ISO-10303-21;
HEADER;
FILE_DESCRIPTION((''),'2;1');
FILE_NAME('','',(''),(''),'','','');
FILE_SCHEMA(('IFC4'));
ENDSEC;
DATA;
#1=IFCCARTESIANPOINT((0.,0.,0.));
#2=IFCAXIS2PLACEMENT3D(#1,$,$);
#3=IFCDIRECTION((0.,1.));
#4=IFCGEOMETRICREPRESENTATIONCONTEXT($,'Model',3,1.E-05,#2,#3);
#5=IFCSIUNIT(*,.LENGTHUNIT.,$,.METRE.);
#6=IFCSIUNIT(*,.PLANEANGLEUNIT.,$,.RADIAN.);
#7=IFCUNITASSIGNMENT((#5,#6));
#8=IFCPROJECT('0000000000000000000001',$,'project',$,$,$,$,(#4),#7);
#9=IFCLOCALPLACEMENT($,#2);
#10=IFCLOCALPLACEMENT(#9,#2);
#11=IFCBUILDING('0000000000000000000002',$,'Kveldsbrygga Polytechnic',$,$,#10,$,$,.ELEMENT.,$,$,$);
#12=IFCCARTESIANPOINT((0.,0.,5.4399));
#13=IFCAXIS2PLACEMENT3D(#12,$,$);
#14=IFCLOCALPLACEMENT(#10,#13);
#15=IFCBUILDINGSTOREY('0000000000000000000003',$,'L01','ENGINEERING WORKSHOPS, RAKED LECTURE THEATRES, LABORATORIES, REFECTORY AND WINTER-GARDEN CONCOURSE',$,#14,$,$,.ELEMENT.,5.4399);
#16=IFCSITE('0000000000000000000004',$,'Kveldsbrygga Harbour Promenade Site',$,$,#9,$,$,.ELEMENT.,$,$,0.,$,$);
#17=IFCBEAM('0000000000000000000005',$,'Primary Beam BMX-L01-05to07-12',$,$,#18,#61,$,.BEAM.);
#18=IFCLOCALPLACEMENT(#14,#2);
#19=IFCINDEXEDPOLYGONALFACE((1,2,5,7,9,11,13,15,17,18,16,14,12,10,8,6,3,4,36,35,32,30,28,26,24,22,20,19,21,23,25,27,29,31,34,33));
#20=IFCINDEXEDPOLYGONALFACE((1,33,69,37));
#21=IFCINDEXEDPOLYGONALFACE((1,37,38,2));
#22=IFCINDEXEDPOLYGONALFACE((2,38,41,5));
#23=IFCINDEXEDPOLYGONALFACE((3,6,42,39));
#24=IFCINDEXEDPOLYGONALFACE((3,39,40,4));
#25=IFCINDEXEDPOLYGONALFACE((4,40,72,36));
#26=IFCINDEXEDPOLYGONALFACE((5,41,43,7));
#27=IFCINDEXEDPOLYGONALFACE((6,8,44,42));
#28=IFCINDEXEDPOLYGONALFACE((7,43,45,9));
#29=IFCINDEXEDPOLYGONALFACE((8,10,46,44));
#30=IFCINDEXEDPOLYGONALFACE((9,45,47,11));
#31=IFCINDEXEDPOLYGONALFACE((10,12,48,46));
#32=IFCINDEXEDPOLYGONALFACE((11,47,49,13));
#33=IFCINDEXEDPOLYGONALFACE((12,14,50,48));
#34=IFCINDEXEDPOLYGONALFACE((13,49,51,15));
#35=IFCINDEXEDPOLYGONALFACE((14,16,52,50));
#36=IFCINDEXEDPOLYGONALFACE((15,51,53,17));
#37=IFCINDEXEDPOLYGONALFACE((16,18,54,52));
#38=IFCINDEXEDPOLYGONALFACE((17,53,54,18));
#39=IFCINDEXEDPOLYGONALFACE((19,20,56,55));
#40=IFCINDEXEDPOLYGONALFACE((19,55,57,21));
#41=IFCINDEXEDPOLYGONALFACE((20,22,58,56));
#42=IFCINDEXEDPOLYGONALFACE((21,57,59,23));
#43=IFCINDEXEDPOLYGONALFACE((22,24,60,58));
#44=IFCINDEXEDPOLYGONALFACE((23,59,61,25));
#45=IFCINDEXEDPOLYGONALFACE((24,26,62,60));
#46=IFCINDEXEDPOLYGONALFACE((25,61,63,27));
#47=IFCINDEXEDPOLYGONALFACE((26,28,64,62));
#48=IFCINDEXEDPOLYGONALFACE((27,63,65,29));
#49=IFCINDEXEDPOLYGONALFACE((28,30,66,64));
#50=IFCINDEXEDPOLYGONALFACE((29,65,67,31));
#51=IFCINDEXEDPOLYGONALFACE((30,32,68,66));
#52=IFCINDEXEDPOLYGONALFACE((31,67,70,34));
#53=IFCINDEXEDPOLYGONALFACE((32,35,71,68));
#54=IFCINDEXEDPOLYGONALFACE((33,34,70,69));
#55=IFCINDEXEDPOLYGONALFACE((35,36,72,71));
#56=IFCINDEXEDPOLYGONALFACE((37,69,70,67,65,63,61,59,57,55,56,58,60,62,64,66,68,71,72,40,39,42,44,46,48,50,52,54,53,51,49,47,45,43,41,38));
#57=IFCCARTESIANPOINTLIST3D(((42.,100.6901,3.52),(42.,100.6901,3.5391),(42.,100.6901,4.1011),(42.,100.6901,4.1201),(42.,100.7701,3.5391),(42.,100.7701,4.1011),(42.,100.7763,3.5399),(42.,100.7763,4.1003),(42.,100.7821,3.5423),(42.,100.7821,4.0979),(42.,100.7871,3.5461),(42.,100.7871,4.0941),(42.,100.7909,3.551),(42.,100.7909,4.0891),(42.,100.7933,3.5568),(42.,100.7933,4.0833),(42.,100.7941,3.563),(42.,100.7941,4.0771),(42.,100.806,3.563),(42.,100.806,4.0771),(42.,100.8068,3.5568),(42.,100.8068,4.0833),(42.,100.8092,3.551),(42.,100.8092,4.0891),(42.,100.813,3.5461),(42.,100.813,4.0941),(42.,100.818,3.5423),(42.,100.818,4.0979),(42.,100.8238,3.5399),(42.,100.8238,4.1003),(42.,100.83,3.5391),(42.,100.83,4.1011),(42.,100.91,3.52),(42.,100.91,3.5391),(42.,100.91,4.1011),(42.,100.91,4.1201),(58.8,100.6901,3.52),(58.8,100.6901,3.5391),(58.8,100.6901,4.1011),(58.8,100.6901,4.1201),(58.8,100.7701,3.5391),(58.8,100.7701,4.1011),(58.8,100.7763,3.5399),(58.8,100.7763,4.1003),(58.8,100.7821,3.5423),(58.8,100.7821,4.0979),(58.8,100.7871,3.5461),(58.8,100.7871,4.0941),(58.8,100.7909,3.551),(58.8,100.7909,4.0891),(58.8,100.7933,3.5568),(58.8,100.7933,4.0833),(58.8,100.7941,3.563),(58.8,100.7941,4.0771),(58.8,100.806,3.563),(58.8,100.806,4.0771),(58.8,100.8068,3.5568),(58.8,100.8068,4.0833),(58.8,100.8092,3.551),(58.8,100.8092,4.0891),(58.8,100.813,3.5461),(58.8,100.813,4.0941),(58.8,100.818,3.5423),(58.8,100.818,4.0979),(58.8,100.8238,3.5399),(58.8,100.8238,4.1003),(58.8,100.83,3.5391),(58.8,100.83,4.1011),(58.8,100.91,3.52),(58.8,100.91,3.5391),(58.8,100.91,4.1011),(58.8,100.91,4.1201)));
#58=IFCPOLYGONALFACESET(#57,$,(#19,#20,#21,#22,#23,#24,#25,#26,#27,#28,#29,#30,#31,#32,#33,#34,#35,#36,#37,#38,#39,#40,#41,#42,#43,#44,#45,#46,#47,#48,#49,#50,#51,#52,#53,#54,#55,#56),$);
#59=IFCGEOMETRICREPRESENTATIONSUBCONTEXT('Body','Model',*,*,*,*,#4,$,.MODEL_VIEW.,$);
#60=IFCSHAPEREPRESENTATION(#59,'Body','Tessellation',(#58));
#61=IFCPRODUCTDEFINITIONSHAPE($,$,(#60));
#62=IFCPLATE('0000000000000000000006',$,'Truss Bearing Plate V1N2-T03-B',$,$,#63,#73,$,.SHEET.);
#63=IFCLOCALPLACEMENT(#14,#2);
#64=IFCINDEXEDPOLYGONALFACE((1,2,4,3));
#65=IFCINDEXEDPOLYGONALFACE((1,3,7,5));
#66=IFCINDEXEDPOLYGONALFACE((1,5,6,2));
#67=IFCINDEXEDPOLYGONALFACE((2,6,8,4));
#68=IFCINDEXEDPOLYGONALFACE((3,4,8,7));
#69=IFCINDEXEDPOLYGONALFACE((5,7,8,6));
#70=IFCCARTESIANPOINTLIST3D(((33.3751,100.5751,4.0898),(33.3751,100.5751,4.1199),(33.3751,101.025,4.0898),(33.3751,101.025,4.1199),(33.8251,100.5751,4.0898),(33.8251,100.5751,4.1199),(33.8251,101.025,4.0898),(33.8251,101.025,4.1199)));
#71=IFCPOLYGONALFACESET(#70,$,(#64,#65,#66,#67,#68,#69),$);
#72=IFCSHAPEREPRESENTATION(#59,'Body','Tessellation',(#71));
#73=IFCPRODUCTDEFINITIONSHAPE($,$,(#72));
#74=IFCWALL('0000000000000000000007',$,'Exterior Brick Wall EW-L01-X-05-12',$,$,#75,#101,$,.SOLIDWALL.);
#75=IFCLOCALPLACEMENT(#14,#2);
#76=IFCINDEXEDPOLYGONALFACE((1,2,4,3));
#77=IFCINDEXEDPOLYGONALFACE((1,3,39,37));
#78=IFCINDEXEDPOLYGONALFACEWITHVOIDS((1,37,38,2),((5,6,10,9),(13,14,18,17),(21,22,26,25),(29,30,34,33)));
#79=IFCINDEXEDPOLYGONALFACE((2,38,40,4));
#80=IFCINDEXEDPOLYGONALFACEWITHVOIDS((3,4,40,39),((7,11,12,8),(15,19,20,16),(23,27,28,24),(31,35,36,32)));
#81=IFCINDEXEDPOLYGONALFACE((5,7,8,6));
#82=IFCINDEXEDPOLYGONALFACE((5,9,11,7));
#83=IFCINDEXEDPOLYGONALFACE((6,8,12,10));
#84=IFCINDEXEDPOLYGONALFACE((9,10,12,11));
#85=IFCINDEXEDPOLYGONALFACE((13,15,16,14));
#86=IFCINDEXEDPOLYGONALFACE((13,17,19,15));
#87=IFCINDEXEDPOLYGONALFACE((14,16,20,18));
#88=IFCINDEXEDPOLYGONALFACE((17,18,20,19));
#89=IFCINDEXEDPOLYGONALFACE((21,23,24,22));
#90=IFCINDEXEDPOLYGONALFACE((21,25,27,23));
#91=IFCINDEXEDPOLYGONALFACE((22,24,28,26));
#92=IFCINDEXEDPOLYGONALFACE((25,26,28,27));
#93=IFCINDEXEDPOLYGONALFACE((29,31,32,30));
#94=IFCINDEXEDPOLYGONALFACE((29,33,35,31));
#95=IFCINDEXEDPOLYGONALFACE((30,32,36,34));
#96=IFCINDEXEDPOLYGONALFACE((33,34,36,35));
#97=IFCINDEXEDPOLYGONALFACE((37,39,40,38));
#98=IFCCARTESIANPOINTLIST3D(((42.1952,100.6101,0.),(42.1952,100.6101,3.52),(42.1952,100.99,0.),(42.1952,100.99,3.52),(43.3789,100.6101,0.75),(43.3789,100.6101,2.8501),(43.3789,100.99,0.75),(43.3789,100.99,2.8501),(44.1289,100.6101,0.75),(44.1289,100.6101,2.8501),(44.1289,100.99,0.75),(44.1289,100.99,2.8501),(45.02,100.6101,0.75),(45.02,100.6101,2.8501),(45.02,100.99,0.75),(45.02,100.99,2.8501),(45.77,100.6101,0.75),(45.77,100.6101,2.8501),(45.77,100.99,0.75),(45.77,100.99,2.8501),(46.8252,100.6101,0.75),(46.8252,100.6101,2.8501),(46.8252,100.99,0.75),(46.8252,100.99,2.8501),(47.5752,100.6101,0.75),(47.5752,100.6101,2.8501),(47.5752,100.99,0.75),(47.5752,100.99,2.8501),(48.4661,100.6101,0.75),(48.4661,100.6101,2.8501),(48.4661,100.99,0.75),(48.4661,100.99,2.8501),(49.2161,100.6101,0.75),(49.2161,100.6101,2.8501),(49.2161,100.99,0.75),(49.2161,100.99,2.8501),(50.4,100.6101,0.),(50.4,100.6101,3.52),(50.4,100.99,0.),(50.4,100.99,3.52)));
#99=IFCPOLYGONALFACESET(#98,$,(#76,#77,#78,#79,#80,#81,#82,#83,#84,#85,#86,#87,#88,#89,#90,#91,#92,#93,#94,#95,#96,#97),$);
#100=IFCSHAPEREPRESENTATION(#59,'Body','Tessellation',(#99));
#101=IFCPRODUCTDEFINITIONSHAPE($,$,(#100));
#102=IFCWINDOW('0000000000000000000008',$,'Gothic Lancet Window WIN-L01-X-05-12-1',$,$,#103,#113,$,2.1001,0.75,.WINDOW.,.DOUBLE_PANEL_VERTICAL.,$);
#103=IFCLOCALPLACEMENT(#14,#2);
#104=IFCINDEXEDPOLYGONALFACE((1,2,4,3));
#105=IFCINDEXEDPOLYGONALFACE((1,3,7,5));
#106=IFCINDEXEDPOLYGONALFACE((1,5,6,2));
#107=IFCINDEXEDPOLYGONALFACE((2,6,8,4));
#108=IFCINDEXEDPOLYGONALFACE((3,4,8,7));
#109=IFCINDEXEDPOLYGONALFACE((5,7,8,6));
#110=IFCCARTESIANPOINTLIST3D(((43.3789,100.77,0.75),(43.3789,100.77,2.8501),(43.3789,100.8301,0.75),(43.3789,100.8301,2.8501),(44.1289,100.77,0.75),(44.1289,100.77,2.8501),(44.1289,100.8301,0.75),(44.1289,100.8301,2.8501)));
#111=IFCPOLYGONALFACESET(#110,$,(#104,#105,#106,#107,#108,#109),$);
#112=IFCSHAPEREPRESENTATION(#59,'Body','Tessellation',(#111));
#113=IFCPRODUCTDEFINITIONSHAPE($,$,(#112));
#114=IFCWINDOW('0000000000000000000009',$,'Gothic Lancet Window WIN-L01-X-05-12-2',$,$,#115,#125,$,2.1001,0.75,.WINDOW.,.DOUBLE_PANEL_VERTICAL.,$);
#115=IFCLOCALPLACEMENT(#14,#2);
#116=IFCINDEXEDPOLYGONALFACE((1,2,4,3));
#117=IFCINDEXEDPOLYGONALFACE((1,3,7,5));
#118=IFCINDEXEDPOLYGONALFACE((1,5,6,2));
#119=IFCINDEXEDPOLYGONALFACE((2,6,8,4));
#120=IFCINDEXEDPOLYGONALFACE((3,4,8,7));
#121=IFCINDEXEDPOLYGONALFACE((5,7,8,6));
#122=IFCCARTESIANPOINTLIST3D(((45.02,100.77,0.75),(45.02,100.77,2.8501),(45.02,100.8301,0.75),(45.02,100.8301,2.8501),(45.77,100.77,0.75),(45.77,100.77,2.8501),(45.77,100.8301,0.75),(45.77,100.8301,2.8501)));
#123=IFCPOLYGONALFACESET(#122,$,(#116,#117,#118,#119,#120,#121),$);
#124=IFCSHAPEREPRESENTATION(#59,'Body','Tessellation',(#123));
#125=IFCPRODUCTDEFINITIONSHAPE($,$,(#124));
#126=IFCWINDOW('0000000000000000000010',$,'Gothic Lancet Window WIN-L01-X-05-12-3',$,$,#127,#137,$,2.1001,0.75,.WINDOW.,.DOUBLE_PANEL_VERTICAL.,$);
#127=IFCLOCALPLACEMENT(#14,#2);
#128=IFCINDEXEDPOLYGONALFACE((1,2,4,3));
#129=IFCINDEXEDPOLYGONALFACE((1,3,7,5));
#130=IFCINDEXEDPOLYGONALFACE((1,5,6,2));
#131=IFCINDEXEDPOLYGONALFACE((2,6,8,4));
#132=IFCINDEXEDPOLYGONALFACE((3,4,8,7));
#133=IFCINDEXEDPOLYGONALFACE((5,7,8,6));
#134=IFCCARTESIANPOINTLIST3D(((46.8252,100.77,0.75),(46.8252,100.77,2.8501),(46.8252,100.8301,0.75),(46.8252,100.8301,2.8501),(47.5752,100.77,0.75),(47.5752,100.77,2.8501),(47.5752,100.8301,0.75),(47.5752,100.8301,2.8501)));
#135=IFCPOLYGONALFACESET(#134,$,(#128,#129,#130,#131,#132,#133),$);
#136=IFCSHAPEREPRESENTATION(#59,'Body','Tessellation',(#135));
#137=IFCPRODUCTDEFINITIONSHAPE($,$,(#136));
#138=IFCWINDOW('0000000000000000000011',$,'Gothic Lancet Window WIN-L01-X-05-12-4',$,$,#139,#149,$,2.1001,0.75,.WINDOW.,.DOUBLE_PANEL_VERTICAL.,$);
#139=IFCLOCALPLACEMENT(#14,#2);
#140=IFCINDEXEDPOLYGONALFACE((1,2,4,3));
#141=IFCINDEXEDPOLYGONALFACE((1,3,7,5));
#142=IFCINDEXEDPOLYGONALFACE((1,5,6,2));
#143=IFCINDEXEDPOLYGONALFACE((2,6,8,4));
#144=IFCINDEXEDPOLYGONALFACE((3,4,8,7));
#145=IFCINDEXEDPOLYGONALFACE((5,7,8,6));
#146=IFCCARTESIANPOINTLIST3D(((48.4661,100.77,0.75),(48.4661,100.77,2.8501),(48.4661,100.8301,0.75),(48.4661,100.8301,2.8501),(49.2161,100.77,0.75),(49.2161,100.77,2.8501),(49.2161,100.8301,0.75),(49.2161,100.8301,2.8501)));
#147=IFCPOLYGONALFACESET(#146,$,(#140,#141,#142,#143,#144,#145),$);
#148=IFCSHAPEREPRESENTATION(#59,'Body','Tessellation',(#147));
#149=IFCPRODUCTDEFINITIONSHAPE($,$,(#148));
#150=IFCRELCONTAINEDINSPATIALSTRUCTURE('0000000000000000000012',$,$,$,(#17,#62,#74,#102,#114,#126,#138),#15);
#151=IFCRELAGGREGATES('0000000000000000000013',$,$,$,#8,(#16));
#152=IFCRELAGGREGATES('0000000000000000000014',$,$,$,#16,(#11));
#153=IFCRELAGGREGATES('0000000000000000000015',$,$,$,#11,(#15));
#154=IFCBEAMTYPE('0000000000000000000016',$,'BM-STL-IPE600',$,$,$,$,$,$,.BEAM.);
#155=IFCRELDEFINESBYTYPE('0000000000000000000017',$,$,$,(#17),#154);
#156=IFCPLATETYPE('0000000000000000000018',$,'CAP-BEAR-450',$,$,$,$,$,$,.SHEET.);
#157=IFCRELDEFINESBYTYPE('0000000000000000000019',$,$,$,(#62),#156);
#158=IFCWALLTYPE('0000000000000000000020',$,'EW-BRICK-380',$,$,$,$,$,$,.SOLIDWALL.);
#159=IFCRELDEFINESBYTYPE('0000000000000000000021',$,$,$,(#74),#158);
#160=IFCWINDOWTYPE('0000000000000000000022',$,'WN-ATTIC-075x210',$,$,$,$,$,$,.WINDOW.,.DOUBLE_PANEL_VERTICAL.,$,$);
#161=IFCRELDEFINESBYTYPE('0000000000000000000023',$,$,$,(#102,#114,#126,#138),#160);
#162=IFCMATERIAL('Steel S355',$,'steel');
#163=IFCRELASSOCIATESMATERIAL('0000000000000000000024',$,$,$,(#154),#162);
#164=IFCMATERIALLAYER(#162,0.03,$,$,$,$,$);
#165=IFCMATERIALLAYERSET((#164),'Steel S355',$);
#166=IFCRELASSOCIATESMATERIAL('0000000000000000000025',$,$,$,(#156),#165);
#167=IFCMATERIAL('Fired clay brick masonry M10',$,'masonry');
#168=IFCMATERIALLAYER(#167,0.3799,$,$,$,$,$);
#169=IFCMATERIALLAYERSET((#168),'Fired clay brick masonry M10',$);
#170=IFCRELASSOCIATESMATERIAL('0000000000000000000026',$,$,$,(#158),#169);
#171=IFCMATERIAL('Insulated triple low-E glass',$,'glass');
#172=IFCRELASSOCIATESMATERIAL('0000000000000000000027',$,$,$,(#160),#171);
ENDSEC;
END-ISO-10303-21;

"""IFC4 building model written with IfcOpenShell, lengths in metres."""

from ifc_helpers import new_model, si_unit, direction, frame, frame_2d, origin, origin_2d, place, context, subcontext, project, spatial, rectangle, i_section, extrude, material, layer, layer_set, material_profile, profile_set, type_object, element, fill, save


model = new_model("IFC4")

# Units and contexts
model_context = context("Model", 3, precision=1e-05, world=origin(), true_north=direction((0.0, 1.0)))
body_context = subcontext(model_context, "Body", "Model", "MODEL_VIEW")
ifc_project = project(units=[si_unit("LENGTHUNIT", "METRE"), si_unit("PLANEANGLEUNIT", "RADIAN")], contexts=[model_context])

# Site, building, storey
site_placement = place(None, origin())
site = spatial("IfcSite", under=ifc_project, at=site_placement, Name="Kveldsbrygga Harbour Promenade Site", CompositionType="ELEMENT", RefElevation=0.0)
building_placement = place(site_placement, origin())
building = spatial("IfcBuilding", under=site, at=building_placement, Name="Kveldsbrygga Polytechnic", CompositionType="ELEMENT")
storey_placement = place(building_placement, frame((0.0, 0.0, 5.4399)))
storey = spatial("IfcBuildingStorey", under=building, at=storey_placement, Name="L01", Description="ENGINEERING WORKSHOPS, RAKED LECTURE THEATRES, LABORATORIES, REFECTORY AND WINTER-GARDEN CONCOURSE", CompositionType="ELEMENT", Elevation=5.4399)

# Beam
ifc_material_1 = material(Name="Steel S355", Category="steel")
ifc_material_profile_1 = material_profile(ifc_material_1, i_section(OverallWidth=0.22, OverallDepth=0.6001, WebThickness=0.012, FlangeThickness=0.019, FilletRadius=0.0239, at=origin_2d()), Name="IPE 600")
ifc_profile_set_1 = profile_set([ifc_material_profile_1], Name="Steel S355")
beam_type_1 = type_object("IfcBeamType", Name="BM-STL-IPE600", PredefinedType="BEAM", material=ifc_profile_set_1)
beam_1_placement = place(storey_placement, frame((42.0, 100.8, 3.8201), z_axis=(1.0, 0.0, 0.0), x_axis=(0.0, 1.0, 0.0)))
element("IfcBeam", 1, at=beam_1_placement, inside=storey, type_object=beam_type_1, Name="Primary Beam BMX-L01-05to07-12", PredefinedType="BEAM", context=body_context, shape_type="SweptSolid", body=[
    extrude(i_section(OverallWidth=0.22, OverallDepth=0.6001, WebThickness=0.012, FlangeThickness=0.019, FilletRadius=0.0239, at=origin_2d()), origin(), (0.0, 0.0, 1.0), 16.8),
])

# Plate
ifc_layer_1 = layer(ifc_material_1, 0.03)
ifc_layer_set_1 = layer_set([ifc_layer_1], Name="Steel S355")
plate_type = type_object("IfcPlateType", Name="CAP-BEAR-450", PredefinedType="SHEET", material=ifc_layer_set_1)
plate_placement = place(storey_placement, frame((33.6001, 100.8, 4.0898), z_axis=(0.0, 0.0, 1.0), x_axis=(1.0, 0.0, 0.0)))
element("IfcPlate", 2, at=plate_placement, inside=storey, type_object=plate_type, Name="Truss Bearing Plate V1N2-T03-B", PredefinedType="SHEET", context=body_context, shape_type="SweptSolid", body=[
    extrude(rectangle(XDim=0.45, YDim=0.45, at=origin_2d()), origin(), (0.0, 0.0, 1.0), 0.03),
])

# Wall, openings, windows
ifc_material_2 = material(Name="Fired clay brick masonry M10", Category="masonry")
ifc_layer_2 = layer(ifc_material_2, 0.3799)
ifc_layer_set_2 = layer_set([ifc_layer_2], Name="Fired clay brick masonry M10")
wall_type_1 = type_object("IfcWallType", Name="EW-BRICK-380", PredefinedType="SOLIDWALL", material=ifc_layer_set_2)
wall_1_placement = place(storey_placement, frame((42.1951, 100.8, 0.0), z_axis=(0.0, 0.0, 1.0), x_axis=(1.0, 0.0, 0.0)))
wall_1 = element("IfcWall", 3, at=wall_1_placement, inside=storey, type_object=wall_type_1, Name="Exterior Brick Wall EW-L01-X-05-12", PredefinedType="SOLIDWALL", context=body_context, shape_type="SweptSolid", body=[
    extrude(rectangle(XDim=8.2048, YDim=0.3799, at=frame_2d((4.1025, 0.0))), origin(), (0.0, 0.0, 1.0), 3.52),
])
opening_1_placement = place(wall_1_placement, frame((1.1838, 0.0, 0.75)))
opening_1 = element("IfcOpeningElement", 4, at=opening_1_placement, cuts=wall_1, PredefinedType="OPENING", context=body_context, shape_type="SweptSolid", body=[
    extrude(rectangle(XDim=0.75, YDim=2.1001, at=frame_2d((0.375, 1.05))), frame((0.0, 0.2, 0.0), z_axis=(0.0, -1.0, 0.0), x_axis=(1.0, 0.0, 0.0)), (0.0, 0.0, 1.0), 0.3999),
])
opening_2_placement = place(wall_1_placement, frame((2.825, 0.0, 0.75)))
opening_2 = element("IfcOpeningElement", 5, at=opening_2_placement, cuts=wall_1, PredefinedType="OPENING", context=body_context, shape_type="SweptSolid", body=[
    extrude(rectangle(XDim=0.75, YDim=2.1001, at=frame_2d((0.375, 1.05))), frame((0.0, 0.2, 0.0), z_axis=(0.0, -1.0, 0.0), x_axis=(1.0, 0.0, 0.0)), (0.0, 0.0, 1.0), 0.3999),
])
opening_3_placement = place(wall_1_placement, frame((4.6301, 0.0, 0.75)))
opening_3 = element("IfcOpeningElement", 6, at=opening_3_placement, cuts=wall_1, PredefinedType="OPENING", context=body_context, shape_type="SweptSolid", body=[
    extrude(rectangle(XDim=0.75, YDim=2.1001, at=frame_2d((0.375, 1.05))), frame((0.0, 0.2, 0.0), z_axis=(0.0, -1.0, 0.0), x_axis=(1.0, 0.0, 0.0)), (0.0, 0.0, 1.0), 0.3999),
])
opening_4_placement = place(wall_1_placement, frame((6.271, 0.0, 0.75)))
opening_4 = element("IfcOpeningElement", 7, at=opening_4_placement, cuts=wall_1, PredefinedType="OPENING", context=body_context, shape_type="SweptSolid", body=[
    extrude(rectangle(XDim=0.75, YDim=2.1001, at=frame_2d((0.375, 1.05))), frame((0.0, 0.2, 0.0), z_axis=(0.0, -1.0, 0.0), x_axis=(1.0, 0.0, 0.0)), (0.0, 0.0, 1.0), 0.3999),
])
ifc_material_3 = material(Name="Insulated triple low-E glass", Category="glass")
window_type = type_object("IfcWindowType", Name="WN-ATTIC-075x210", PartitioningType="DOUBLE_PANEL_VERTICAL", PredefinedType="WINDOW", material=ifc_material_3)
window_1_placement = place(opening_1_placement, origin())
window_1 = element("IfcWindow", 8, at=window_1_placement, inside=storey, type_object=window_type, Name="Gothic Lancet Window WIN-L01-X-05-12-1", OverallHeight=2.1001, OverallWidth=0.75, PartitioningType="DOUBLE_PANEL_VERTICAL", PredefinedType="WINDOW", context=body_context, shape_type="SweptSolid", body=[
    extrude(rectangle(XDim=0.75, YDim=2.1001, at=frame_2d((0.375, 1.05))), frame((0.0, 0.03, 0.0), z_axis=(0.0, -1.0, 0.0), x_axis=(1.0, 0.0, 0.0)), (0.0, 0.0, 1.0), 0.0601),
])
fill(opening_1, window_1)
window_2_placement = place(opening_2_placement, origin())
window_2 = element("IfcWindow", 9, at=window_2_placement, inside=storey, type_object=window_type, Name="Gothic Lancet Window WIN-L01-X-05-12-2", OverallHeight=2.1001, OverallWidth=0.75, PartitioningType="DOUBLE_PANEL_VERTICAL", PredefinedType="WINDOW", context=body_context, shape_type="SweptSolid", body=[
    extrude(rectangle(XDim=0.75, YDim=2.1001, at=frame_2d((0.375, 1.05))), frame((0.0, 0.03, 0.0), z_axis=(0.0, -1.0, 0.0), x_axis=(1.0, 0.0, 0.0)), (0.0, 0.0, 1.0), 0.0601),
])
fill(opening_2, window_2)
window_3_placement = place(opening_3_placement, origin())
window_3 = element("IfcWindow", 10, at=window_3_placement, inside=storey, type_object=window_type, Name="Gothic Lancet Window WIN-L01-X-05-12-3", OverallHeight=2.1001, OverallWidth=0.75, PartitioningType="DOUBLE_PANEL_VERTICAL", PredefinedType="WINDOW", context=body_context, shape_type="SweptSolid", body=[
    extrude(rectangle(XDim=0.75, YDim=2.1001, at=frame_2d((0.375, 1.05))), frame((0.0, 0.03, 0.0), z_axis=(0.0, -1.0, 0.0), x_axis=(1.0, 0.0, 0.0)), (0.0, 0.0, 1.0), 0.0601),
])
fill(opening_3, window_3)
window_4_placement = place(opening_4_placement, origin())
window_4 = element("IfcWindow", 11, at=window_4_placement, inside=storey, type_object=window_type, Name="Gothic Lancet Window WIN-L01-X-05-12-4", OverallHeight=2.1001, OverallWidth=0.75, PartitioningType="DOUBLE_PANEL_VERTICAL", PredefinedType="WINDOW", context=body_context, shape_type="SweptSolid", body=[
    extrude(rectangle(XDim=0.75, YDim=2.1001, at=frame_2d((0.375, 1.05))), frame((0.0, 0.03, 0.0), z_axis=(0.0, -1.0, 0.0), x_axis=(1.0, 0.0, 0.0)), (0.0, 0.0, 1.0), 0.0601),
])
fill(opening_4, window_4)

save(model, "model.ifc")
